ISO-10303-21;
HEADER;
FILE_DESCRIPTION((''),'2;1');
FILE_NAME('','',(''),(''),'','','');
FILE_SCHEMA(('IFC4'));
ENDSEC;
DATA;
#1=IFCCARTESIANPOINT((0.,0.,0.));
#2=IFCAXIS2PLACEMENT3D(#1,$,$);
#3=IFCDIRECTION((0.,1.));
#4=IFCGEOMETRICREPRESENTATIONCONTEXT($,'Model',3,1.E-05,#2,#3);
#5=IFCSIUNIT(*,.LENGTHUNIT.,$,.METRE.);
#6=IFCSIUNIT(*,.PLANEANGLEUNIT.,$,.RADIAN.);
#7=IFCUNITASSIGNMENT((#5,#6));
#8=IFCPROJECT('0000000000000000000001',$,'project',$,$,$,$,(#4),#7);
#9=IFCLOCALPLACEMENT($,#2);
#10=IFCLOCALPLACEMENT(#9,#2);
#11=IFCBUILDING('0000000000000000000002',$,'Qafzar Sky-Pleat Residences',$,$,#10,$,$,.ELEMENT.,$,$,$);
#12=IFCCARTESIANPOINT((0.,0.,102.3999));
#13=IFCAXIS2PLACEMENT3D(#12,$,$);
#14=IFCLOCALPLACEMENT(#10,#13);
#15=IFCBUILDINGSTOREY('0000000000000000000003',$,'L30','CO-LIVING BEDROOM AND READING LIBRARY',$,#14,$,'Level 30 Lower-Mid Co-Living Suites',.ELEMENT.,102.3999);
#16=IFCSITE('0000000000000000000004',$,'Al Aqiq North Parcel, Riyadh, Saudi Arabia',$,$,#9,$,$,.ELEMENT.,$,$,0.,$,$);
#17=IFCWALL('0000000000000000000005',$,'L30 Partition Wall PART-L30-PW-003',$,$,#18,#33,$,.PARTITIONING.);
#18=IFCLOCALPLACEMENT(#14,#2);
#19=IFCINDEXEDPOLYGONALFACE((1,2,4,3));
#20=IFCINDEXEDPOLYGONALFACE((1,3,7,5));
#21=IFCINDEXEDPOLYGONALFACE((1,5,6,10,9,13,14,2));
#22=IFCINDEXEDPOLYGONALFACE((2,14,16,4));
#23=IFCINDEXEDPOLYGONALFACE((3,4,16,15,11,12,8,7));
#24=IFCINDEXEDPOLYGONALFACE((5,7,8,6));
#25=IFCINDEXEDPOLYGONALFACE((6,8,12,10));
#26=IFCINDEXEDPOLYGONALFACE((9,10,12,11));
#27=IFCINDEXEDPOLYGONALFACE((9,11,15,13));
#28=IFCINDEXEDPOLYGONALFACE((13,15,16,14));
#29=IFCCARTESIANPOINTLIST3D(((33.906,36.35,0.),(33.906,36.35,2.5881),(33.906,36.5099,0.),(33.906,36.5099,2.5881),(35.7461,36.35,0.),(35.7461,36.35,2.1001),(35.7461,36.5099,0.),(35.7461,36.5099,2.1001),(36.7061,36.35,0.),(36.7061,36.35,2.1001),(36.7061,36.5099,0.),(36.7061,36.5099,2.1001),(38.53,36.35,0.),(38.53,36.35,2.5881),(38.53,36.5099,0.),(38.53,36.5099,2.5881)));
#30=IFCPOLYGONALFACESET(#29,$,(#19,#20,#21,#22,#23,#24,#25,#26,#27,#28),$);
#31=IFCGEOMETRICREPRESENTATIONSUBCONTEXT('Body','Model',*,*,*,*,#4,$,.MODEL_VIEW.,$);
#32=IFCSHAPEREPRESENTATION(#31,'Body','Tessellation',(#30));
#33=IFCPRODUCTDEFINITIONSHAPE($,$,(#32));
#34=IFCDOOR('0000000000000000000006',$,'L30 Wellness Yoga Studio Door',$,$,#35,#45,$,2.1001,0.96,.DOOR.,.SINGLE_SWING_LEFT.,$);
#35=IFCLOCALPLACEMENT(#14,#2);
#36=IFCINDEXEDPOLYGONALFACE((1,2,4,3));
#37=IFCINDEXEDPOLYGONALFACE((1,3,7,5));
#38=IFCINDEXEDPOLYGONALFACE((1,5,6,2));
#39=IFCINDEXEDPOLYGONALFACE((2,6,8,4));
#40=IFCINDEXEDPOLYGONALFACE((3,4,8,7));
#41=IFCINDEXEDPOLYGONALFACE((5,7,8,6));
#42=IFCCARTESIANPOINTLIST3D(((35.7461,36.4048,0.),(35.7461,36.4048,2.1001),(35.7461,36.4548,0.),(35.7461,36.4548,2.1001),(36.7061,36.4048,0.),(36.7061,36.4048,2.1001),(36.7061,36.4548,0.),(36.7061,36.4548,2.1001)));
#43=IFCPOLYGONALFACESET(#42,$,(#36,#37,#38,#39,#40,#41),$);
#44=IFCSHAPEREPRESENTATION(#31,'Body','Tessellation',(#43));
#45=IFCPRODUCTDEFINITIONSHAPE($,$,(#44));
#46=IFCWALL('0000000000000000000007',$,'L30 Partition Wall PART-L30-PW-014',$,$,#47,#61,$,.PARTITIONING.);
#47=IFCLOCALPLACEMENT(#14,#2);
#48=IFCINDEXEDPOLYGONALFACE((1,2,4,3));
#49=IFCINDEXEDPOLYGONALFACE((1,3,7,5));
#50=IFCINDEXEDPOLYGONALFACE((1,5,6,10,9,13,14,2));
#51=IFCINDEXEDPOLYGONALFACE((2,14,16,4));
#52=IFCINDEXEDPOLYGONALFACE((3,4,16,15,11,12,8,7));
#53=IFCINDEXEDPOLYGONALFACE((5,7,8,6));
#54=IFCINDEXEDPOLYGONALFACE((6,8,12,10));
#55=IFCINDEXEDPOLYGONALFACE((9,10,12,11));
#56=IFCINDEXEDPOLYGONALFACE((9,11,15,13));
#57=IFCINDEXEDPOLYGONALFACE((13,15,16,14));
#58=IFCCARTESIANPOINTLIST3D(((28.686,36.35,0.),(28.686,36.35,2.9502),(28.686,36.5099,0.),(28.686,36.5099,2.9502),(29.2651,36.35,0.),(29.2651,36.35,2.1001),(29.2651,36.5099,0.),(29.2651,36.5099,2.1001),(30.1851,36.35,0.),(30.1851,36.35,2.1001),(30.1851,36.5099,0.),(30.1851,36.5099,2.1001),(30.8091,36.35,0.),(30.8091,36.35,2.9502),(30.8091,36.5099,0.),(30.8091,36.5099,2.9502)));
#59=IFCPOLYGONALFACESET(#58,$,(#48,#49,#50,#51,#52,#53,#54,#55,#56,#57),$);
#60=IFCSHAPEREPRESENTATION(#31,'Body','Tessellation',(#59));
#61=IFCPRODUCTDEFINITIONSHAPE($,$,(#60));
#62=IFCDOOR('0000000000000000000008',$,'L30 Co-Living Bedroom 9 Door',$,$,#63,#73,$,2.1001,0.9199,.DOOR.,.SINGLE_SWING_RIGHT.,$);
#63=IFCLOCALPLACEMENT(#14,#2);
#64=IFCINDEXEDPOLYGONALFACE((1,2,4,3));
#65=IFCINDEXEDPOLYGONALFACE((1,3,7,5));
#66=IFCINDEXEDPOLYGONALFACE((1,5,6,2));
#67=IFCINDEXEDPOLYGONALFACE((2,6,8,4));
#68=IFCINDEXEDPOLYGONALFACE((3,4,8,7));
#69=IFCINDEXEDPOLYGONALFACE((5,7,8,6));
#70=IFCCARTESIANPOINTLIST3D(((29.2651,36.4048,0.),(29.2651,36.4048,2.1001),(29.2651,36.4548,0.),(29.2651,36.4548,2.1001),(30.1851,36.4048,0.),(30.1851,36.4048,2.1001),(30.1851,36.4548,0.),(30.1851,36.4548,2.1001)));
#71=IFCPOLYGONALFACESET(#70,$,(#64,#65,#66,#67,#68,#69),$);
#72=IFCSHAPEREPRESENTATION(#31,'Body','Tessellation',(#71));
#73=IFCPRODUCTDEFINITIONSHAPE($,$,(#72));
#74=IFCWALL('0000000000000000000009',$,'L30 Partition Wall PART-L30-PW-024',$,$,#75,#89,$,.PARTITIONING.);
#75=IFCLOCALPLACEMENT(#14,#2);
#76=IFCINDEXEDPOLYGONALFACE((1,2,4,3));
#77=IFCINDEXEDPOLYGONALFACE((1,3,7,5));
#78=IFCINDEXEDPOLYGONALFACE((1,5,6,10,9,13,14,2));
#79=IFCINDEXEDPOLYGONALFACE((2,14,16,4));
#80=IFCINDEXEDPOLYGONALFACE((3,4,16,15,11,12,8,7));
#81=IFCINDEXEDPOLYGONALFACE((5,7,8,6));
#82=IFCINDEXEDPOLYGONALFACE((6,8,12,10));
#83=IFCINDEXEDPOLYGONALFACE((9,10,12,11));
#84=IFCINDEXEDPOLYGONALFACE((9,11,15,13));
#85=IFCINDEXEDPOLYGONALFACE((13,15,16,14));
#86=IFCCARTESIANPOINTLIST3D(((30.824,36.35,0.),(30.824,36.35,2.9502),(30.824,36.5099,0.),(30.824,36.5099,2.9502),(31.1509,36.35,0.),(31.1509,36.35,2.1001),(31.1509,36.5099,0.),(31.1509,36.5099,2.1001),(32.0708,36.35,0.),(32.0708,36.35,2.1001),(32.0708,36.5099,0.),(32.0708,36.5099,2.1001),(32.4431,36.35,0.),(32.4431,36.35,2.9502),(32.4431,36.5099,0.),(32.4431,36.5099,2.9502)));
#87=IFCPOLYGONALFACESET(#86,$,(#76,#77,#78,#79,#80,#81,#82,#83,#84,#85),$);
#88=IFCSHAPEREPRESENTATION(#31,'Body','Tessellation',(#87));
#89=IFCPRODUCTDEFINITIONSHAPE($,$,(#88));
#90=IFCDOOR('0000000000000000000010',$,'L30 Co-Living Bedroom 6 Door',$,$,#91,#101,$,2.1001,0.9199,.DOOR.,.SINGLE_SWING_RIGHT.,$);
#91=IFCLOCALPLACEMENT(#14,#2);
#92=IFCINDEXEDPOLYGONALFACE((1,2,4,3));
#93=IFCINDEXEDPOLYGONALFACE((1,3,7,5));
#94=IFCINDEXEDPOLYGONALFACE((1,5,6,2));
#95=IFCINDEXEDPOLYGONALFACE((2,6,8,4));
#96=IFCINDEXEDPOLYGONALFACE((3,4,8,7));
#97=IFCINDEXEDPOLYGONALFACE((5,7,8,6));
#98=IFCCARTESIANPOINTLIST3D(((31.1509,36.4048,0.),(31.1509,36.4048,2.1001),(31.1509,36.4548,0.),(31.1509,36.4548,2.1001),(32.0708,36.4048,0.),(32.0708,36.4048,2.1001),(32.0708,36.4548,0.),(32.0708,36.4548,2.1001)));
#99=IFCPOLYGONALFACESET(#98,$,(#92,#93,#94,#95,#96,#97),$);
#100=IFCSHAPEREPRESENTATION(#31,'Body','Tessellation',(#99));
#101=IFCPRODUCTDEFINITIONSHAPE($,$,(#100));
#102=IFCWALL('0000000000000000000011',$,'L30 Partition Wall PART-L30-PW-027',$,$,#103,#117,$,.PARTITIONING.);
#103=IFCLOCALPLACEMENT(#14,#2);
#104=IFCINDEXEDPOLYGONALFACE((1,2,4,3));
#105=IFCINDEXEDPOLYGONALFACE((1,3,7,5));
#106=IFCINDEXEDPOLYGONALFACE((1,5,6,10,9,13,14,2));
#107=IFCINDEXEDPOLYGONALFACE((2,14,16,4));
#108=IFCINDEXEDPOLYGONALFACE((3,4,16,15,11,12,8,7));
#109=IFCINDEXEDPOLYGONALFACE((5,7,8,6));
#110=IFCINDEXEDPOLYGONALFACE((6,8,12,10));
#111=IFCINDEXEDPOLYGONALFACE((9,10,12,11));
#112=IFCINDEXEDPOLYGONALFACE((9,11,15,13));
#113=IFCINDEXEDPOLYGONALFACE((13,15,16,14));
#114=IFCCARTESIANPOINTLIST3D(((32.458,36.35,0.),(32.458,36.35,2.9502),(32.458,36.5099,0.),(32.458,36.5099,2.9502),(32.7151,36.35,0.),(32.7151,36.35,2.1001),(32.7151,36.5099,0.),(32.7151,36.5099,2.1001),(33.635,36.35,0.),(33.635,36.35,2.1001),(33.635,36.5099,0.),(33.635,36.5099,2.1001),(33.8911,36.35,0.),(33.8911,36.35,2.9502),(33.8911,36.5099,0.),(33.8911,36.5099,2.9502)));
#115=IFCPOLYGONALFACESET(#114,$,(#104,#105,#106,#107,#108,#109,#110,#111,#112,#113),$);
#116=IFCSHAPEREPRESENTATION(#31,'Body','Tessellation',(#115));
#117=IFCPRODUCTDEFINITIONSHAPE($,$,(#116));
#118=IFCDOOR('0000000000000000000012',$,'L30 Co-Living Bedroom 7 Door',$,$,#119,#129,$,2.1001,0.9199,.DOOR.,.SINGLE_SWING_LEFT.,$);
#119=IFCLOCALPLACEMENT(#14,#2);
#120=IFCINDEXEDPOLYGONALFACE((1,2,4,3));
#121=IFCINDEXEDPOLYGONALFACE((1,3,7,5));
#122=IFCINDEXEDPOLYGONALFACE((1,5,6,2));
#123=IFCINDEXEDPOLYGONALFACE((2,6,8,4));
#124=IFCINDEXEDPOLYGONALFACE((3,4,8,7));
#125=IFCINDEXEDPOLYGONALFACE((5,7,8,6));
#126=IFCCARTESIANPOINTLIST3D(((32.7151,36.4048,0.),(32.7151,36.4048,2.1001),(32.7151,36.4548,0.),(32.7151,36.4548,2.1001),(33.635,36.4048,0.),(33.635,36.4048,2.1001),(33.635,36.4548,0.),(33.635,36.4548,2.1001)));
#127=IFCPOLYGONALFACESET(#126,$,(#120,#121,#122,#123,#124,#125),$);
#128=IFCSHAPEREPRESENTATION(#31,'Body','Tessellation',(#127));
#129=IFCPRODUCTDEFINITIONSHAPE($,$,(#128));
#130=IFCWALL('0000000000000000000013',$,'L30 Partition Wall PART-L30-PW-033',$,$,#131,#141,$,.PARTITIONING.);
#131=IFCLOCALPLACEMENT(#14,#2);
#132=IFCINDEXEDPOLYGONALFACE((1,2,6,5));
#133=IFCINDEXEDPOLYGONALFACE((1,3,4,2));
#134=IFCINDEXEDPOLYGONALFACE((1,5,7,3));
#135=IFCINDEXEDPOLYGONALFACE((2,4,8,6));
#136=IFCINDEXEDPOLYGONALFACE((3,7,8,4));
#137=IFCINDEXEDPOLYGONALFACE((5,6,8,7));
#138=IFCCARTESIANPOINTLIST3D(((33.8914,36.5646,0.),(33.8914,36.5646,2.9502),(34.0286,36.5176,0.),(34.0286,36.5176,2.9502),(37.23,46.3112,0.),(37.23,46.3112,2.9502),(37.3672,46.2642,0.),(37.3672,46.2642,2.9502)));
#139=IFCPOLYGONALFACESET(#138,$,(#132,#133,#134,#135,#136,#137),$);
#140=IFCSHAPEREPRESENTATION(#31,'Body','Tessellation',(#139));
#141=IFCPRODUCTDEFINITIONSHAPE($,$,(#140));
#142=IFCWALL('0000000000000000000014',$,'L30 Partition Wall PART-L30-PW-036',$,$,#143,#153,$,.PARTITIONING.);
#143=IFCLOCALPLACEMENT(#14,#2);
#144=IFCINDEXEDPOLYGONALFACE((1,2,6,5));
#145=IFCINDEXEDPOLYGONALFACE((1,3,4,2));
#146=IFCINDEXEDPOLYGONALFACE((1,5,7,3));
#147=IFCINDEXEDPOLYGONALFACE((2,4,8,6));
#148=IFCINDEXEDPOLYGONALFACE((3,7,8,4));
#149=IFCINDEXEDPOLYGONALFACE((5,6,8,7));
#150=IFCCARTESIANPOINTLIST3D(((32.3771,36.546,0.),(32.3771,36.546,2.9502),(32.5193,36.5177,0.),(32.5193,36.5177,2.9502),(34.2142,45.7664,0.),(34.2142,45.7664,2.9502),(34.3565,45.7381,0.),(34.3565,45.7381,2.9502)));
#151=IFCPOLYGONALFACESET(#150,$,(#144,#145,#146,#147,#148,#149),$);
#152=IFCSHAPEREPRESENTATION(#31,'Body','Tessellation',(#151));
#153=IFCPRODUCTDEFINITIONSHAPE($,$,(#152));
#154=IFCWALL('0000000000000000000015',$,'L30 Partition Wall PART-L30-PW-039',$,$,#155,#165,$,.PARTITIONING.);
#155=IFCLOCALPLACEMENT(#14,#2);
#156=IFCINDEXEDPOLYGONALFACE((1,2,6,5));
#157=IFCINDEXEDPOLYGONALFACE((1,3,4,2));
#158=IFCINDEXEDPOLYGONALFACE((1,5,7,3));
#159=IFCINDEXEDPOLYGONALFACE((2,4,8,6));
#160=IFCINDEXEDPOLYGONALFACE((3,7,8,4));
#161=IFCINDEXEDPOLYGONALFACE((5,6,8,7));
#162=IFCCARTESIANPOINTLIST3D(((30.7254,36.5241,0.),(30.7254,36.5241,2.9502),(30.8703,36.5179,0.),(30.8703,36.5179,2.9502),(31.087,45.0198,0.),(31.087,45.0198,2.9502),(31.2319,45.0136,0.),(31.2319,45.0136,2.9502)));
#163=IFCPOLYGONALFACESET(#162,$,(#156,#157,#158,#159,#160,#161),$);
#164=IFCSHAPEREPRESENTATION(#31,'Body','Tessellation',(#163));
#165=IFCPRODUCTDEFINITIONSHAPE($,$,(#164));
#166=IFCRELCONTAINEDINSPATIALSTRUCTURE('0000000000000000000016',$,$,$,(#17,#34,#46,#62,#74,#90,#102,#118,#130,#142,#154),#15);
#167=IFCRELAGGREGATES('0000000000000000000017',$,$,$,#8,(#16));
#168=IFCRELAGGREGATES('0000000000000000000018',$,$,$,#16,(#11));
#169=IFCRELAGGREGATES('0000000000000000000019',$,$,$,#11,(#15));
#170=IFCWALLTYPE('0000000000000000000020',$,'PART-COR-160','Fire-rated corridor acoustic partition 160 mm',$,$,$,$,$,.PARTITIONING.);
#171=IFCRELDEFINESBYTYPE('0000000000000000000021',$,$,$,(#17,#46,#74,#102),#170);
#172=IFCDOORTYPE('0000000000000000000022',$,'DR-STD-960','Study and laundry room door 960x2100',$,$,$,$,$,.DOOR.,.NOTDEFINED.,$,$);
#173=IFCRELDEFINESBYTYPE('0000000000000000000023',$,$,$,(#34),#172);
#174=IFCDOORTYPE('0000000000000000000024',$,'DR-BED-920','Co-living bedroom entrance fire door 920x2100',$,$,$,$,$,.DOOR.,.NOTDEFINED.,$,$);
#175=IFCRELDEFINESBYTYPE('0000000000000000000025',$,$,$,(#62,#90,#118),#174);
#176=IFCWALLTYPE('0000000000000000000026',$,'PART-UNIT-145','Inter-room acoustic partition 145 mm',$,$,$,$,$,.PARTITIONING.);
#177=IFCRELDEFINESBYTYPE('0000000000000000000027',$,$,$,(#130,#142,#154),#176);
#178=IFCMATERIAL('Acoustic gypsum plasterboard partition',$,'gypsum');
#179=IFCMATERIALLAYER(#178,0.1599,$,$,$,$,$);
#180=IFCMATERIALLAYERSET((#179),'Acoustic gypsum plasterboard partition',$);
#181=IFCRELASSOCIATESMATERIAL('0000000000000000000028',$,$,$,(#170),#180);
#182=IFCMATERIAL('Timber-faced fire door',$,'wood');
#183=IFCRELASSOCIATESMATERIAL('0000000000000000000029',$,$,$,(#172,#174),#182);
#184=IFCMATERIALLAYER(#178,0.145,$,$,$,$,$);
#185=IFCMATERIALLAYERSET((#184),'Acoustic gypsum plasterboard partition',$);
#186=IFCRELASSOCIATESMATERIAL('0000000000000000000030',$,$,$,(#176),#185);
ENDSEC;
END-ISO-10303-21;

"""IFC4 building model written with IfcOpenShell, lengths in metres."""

from ifc_helpers import new_model, si_unit, direction, frame, frame_2d, origin, place, context, subcontext, project, spatial, rectangle, extrude, source, transform, mapped, material, layer, layer_set, type_object, element, fill, save


model = new_model("IFC4")

# Units and contexts
model_context = context("Model", 3, precision=1e-05, world=origin(), true_north=direction((0.0, 1.0)))
body_context = subcontext(model_context, "Body", "Model", "MODEL_VIEW")
ifc_project = project(units=[si_unit("LENGTHUNIT", "METRE"), si_unit("PLANEANGLEUNIT", "RADIAN")], contexts=[model_context])

# Site, building, storey
site_placement = place(None, origin())
site = spatial("IfcSite", under=ifc_project, at=site_placement, Name="Al Aqiq North Parcel, Riyadh, Saudi Arabia", CompositionType="ELEMENT", RefElevation=0.0)
building_placement = place(site_placement, origin())
building = spatial("IfcBuilding", under=site, at=building_placement, Name="Qafzar Sky-Pleat Residences", CompositionType="ELEMENT")
storey_placement = place(building_placement, frame((0.0, 0.0, 102.3999)))
storey = spatial("IfcBuildingStorey", under=building, at=storey_placement, Name="L30", Description="CO-LIVING BEDROOM AND READING LIBRARY", LongName="Level 30 Lower-Mid Co-Living Suites", CompositionType="ELEMENT", Elevation=102.3999)

# Walls, openings, doors
ifc_material_1 = material(Name="Acoustic gypsum plasterboard partition", Category="gypsum")
ifc_layer_1 = layer(ifc_material_1, 0.1599)
ifc_layer_set_1 = layer_set([ifc_layer_1], Name="Acoustic gypsum plasterboard partition")
wall_type_1 = type_object("IfcWallType", Name="PART-COR-160", Description="Fire-rated corridor acoustic partition 160 mm", PredefinedType="PARTITIONING", material=ifc_layer_set_1)
wall_1_placement = place(storey_placement, frame((33.906, 36.4299, 0.0), z_axis=(0.0, 0.0, 1.0), x_axis=(1.0, 0.0, 0.0)))
wall_1 = element("IfcWall", 1, at=wall_1_placement, inside=storey, type_object=wall_type_1, Name="L30 Partition Wall PART-L30-PW-003", PredefinedType="PARTITIONING", context=body_context, shape_type="SweptSolid", body=[
    extrude(rectangle(XDim=4.624, YDim=0.1599, at=frame_2d((2.312, 0.0))), origin(), (0.0, 0.0, 1.0), 2.5881),
])
opening_1_placement = place(wall_1_placement, frame((1.8401, 0.0, 0.0)))
opening_1 = element("IfcOpeningElement", 2, at=opening_1_placement, cuts=wall_1, PredefinedType="OPENING", context=body_context, shape_type="SweptSolid", body=[
    extrude(rectangle(XDim=0.96, YDim=2.1001, at=frame_2d((0.48, 1.05))), frame((0.0, 0.0898, 0.0), z_axis=(0.0, -1.0, 0.0), x_axis=(1.0, 0.0, 0.0)), (0.0, 0.0, 1.0), 0.1799),
])
ifc_material_2 = material(Name="Timber-faced fire door", Category="wood")
door_type_1 = type_object("IfcDoorType", Name="DR-STD-960", Description="Study and laundry room door 960x2100", OperationType="NOTDEFINED", PredefinedType="DOOR", material=ifc_material_2)
shared_shape_1 = source(origin(), body_context, "Body", "SweptSolid", [
    extrude(rectangle(XDim=0.96, YDim=2.1001, at=frame_2d((0.48, 1.05))), frame((0.0, 0.0249, 0.0), z_axis=(0.0, -1.0, 0.0), x_axis=(1.0, 0.0, 0.0)), (0.0, 0.0, 1.0), 0.05),
])
door_1_placement = place(opening_1_placement, origin())
door_1 = element("IfcDoor", 3, at=door_1_placement, inside=storey, type_object=door_type_1, Name="L30 Wellness Yoga Studio Door", OperationType="SINGLE_SWING_LEFT", OverallHeight=2.1001, OverallWidth=0.96, PredefinedType="DOOR", context=body_context, shape_type="MappedRepresentation", body=[
    mapped(shared_shape_1, transform((0.0, 0.0, 0.0), x_axis=(1.0, 0.0, 0.0), y_axis=(0.0, 1.0, 0.0), z_axis=(0.0, 0.0, 1.0), scale=1.0)),
])
fill(opening_1, door_1)
wall_2_placement = place(storey_placement, frame((28.686, 36.4299, 0.0), z_axis=(0.0, 0.0, 1.0), x_axis=(1.0, 0.0, 0.0)))
wall_2 = element("IfcWall", 4, at=wall_2_placement, inside=storey, type_object=wall_type_1, Name="L30 Partition Wall PART-L30-PW-014", PredefinedType="PARTITIONING", context=body_context, shape_type="SweptSolid", body=[
    extrude(rectangle(XDim=2.123, YDim=0.1599, at=frame_2d((1.0615, 0.0))), origin(), (0.0, 0.0, 1.0), 2.9502),
])
opening_2_placement = place(wall_2_placement, frame((0.5791, 0.0, 0.0)))
opening_2 = element("IfcOpeningElement", 5, at=opening_2_placement, cuts=wall_2, PredefinedType="OPENING", context=body_context, shape_type="SweptSolid", body=[
    extrude(rectangle(XDim=0.9199, YDim=2.1001, at=frame_2d((0.46, 1.05))), frame((0.0, 0.0898, 0.0), z_axis=(0.0, -1.0, 0.0), x_axis=(1.0, 0.0, 0.0)), (0.0, 0.0, 1.0), 0.1799),
])
door_type_2 = type_object("IfcDoorType", Name="DR-BED-920", Description="Co-living bedroom entrance fire door 920x2100", OperationType="NOTDEFINED", PredefinedType="DOOR", material=ifc_material_2)
shared_shape_2 = source(origin(), body_context, "Body", "SweptSolid", [
    extrude(rectangle(XDim=0.9199, YDim=2.1001, at=frame_2d((0.46, 1.05))), frame((0.0, 0.0249, 0.0), z_axis=(0.0, -1.0, 0.0), x_axis=(1.0, 0.0, 0.0)), (0.0, 0.0, 1.0), 0.05),
])
door_2_placement = place(opening_2_placement, origin())
door_2 = element("IfcDoor", 6, at=door_2_placement, inside=storey, type_object=door_type_2, Name="L30 Co-Living Bedroom 9 Door", OperationType="SINGLE_SWING_RIGHT", OverallHeight=2.1001, OverallWidth=0.9199, PredefinedType="DOOR", context=body_context, shape_type="MappedRepresentation", body=[
    mapped(shared_shape_2, transform((0.0, 0.0, 0.0), x_axis=(1.0, 0.0, 0.0), y_axis=(0.0, 1.0, 0.0), z_axis=(0.0, 0.0, 1.0), scale=1.0)),
])
fill(opening_2, door_2)
wall_3_placement = place(storey_placement, frame((30.824, 36.4299, 0.0), z_axis=(0.0, 0.0, 1.0), x_axis=(1.0, 0.0, 0.0)))
wall_3 = element("IfcWall", 7, at=wall_3_placement, inside=storey, type_object=wall_type_1, Name="L30 Partition Wall PART-L30-PW-024", PredefinedType="PARTITIONING", context=body_context, shape_type="SweptSolid", body=[
    extrude(rectangle(XDim=1.6191, YDim=0.1599, at=frame_2d((0.8096, 0.0))), origin(), (0.0, 0.0, 1.0), 2.9502),
])
opening_3_placement = place(wall_3_placement, frame((0.3269, 0.0, 0.0)))
opening_3 = element("IfcOpeningElement", 8, at=opening_3_placement, cuts=wall_3, PredefinedType="OPENING", context=body_context, shape_type="SweptSolid", body=[
    extrude(rectangle(XDim=0.9199, YDim=2.1001, at=frame_2d((0.46, 1.05))), frame((0.0, 0.0898, 0.0), z_axis=(0.0, -1.0, 0.0), x_axis=(1.0, 0.0, 0.0)), (0.0, 0.0, 1.0), 0.1799),
])
door_3_placement = place(opening_3_placement, origin())
door_3 = element("IfcDoor", 9, at=door_3_placement, inside=storey, type_object=door_type_2, Name="L30 Co-Living Bedroom 6 Door", OperationType="SINGLE_SWING_RIGHT", OverallHeight=2.1001, OverallWidth=0.9199, PredefinedType="DOOR", context=body_context, shape_type="MappedRepresentation", body=[
    mapped(shared_shape_2, transform((0.0, 0.0, 0.0), x_axis=(1.0, 0.0, 0.0), y_axis=(0.0, 1.0, 0.0), z_axis=(0.0, 0.0, 1.0), scale=1.0)),
])
fill(opening_3, door_3)
wall_4_placement = place(storey_placement, frame((32.458, 36.4299, 0.0), z_axis=(0.0, 0.0, 1.0), x_axis=(1.0, 0.0, 0.0)))
wall_4 = element("IfcWall", 10, at=wall_4_placement, inside=storey, type_object=wall_type_1, Name="L30 Partition Wall PART-L30-PW-027", PredefinedType="PARTITIONING", context=body_context, shape_type="SweptSolid", body=[
    extrude(rectangle(XDim=1.4331, YDim=0.1599, at=frame_2d((0.7166, 0.0))), origin(), (0.0, 0.0, 1.0), 2.9502),
])
opening_4_placement = place(wall_4_placement, frame((0.2571, 0.0, 0.0)))
opening_4 = element("IfcOpeningElement", 11, at=opening_4_placement, cuts=wall_4, PredefinedType="OPENING", context=body_context, shape_type="SweptSolid", body=[
    extrude(rectangle(XDim=0.9199, YDim=2.1001, at=frame_2d((0.46, 1.05))), frame((0.0, 0.0898, 0.0), z_axis=(0.0, -1.0, 0.0), x_axis=(1.0, 0.0, 0.0)), (0.0, 0.0, 1.0), 0.1799),
])
door_4_placement = place(opening_4_placement, origin())
door_4 = element("IfcDoor", 12, at=door_4_placement, inside=storey, type_object=door_type_2, Name="L30 Co-Living Bedroom 7 Door", OperationType="SINGLE_SWING_LEFT", OverallHeight=2.1001, OverallWidth=0.9199, PredefinedType="DOOR", context=body_context, shape_type="MappedRepresentation", body=[
    mapped(shared_shape_2, transform((0.0, 0.0, 0.0), x_axis=(1.0, 0.0, 0.0), y_axis=(0.0, 1.0, 0.0), z_axis=(0.0, 0.0, 1.0), scale=1.0)),
])
fill(opening_4, door_4)

# Walls
ifc_layer_2 = layer(ifc_material_1, 0.145)
ifc_layer_set_2 = layer_set([ifc_layer_2], Name="Acoustic gypsum plasterboard partition")
wall_type_2 = type_object("IfcWallType", Name="PART-UNIT-145", Description="Inter-room acoustic partition 145 mm", PredefinedType="PARTITIONING", material=ifc_layer_set_2)
wall_5_placement = place(storey_placement, frame((33.96, 36.541, 0.0), z_axis=(0.0, 0.0, 1.0), x_axis=(0.324058, 0.946037, 0.0)))
element("IfcWall", 13, at=wall_5_placement, inside=storey, type_object=wall_type_2, Name="L30 Partition Wall PART-L30-PW-033", PredefinedType="PARTITIONING", context=body_context, shape_type="SweptSolid", body=[
    extrude(rectangle(XDim=10.3025, YDim=0.145, at=frame_2d((5.1514, 0.0))), origin(), (0.0, 0.0, 1.0), 2.9502),
])
wall_6_placement = place(storey_placement, frame((32.4482, 36.532, 0.0), z_axis=(0.0, 0.0, 1.0), x_axis=(0.195407, 0.980722, 0.0)))
element("IfcWall", 14, at=wall_6_placement, inside=storey, type_object=wall_type_2, Name="L30 Partition Wall PART-L30-PW-036", PredefinedType="PARTITIONING", context=body_context, shape_type="SweptSolid", body=[
    extrude(rectangle(XDim=9.4016, YDim=0.145, at=frame_2d((4.7007, 0.0))), origin(), (0.0, 0.0, 1.0), 2.9502),
])
wall_7_placement = place(storey_placement, frame((30.7979, 36.521, 0.0), z_axis=(0.0, 0.0, 1.0), x_axis=(0.042521, 0.999096, 0.0)))
element("IfcWall", 15, at=wall_7_placement, inside=storey, type_object=wall_type_2, Name="L30 Partition Wall PART-L30-PW-039", PredefinedType="PARTITIONING", context=body_context, shape_type="SweptSolid", body=[
    extrude(rectangle(XDim=8.5034, YDim=0.145, at=frame_2d((4.2517, 0.0))), origin(), (0.0, 0.0, 1.0), 2.9502),
])

save(model, "model.ifc")
